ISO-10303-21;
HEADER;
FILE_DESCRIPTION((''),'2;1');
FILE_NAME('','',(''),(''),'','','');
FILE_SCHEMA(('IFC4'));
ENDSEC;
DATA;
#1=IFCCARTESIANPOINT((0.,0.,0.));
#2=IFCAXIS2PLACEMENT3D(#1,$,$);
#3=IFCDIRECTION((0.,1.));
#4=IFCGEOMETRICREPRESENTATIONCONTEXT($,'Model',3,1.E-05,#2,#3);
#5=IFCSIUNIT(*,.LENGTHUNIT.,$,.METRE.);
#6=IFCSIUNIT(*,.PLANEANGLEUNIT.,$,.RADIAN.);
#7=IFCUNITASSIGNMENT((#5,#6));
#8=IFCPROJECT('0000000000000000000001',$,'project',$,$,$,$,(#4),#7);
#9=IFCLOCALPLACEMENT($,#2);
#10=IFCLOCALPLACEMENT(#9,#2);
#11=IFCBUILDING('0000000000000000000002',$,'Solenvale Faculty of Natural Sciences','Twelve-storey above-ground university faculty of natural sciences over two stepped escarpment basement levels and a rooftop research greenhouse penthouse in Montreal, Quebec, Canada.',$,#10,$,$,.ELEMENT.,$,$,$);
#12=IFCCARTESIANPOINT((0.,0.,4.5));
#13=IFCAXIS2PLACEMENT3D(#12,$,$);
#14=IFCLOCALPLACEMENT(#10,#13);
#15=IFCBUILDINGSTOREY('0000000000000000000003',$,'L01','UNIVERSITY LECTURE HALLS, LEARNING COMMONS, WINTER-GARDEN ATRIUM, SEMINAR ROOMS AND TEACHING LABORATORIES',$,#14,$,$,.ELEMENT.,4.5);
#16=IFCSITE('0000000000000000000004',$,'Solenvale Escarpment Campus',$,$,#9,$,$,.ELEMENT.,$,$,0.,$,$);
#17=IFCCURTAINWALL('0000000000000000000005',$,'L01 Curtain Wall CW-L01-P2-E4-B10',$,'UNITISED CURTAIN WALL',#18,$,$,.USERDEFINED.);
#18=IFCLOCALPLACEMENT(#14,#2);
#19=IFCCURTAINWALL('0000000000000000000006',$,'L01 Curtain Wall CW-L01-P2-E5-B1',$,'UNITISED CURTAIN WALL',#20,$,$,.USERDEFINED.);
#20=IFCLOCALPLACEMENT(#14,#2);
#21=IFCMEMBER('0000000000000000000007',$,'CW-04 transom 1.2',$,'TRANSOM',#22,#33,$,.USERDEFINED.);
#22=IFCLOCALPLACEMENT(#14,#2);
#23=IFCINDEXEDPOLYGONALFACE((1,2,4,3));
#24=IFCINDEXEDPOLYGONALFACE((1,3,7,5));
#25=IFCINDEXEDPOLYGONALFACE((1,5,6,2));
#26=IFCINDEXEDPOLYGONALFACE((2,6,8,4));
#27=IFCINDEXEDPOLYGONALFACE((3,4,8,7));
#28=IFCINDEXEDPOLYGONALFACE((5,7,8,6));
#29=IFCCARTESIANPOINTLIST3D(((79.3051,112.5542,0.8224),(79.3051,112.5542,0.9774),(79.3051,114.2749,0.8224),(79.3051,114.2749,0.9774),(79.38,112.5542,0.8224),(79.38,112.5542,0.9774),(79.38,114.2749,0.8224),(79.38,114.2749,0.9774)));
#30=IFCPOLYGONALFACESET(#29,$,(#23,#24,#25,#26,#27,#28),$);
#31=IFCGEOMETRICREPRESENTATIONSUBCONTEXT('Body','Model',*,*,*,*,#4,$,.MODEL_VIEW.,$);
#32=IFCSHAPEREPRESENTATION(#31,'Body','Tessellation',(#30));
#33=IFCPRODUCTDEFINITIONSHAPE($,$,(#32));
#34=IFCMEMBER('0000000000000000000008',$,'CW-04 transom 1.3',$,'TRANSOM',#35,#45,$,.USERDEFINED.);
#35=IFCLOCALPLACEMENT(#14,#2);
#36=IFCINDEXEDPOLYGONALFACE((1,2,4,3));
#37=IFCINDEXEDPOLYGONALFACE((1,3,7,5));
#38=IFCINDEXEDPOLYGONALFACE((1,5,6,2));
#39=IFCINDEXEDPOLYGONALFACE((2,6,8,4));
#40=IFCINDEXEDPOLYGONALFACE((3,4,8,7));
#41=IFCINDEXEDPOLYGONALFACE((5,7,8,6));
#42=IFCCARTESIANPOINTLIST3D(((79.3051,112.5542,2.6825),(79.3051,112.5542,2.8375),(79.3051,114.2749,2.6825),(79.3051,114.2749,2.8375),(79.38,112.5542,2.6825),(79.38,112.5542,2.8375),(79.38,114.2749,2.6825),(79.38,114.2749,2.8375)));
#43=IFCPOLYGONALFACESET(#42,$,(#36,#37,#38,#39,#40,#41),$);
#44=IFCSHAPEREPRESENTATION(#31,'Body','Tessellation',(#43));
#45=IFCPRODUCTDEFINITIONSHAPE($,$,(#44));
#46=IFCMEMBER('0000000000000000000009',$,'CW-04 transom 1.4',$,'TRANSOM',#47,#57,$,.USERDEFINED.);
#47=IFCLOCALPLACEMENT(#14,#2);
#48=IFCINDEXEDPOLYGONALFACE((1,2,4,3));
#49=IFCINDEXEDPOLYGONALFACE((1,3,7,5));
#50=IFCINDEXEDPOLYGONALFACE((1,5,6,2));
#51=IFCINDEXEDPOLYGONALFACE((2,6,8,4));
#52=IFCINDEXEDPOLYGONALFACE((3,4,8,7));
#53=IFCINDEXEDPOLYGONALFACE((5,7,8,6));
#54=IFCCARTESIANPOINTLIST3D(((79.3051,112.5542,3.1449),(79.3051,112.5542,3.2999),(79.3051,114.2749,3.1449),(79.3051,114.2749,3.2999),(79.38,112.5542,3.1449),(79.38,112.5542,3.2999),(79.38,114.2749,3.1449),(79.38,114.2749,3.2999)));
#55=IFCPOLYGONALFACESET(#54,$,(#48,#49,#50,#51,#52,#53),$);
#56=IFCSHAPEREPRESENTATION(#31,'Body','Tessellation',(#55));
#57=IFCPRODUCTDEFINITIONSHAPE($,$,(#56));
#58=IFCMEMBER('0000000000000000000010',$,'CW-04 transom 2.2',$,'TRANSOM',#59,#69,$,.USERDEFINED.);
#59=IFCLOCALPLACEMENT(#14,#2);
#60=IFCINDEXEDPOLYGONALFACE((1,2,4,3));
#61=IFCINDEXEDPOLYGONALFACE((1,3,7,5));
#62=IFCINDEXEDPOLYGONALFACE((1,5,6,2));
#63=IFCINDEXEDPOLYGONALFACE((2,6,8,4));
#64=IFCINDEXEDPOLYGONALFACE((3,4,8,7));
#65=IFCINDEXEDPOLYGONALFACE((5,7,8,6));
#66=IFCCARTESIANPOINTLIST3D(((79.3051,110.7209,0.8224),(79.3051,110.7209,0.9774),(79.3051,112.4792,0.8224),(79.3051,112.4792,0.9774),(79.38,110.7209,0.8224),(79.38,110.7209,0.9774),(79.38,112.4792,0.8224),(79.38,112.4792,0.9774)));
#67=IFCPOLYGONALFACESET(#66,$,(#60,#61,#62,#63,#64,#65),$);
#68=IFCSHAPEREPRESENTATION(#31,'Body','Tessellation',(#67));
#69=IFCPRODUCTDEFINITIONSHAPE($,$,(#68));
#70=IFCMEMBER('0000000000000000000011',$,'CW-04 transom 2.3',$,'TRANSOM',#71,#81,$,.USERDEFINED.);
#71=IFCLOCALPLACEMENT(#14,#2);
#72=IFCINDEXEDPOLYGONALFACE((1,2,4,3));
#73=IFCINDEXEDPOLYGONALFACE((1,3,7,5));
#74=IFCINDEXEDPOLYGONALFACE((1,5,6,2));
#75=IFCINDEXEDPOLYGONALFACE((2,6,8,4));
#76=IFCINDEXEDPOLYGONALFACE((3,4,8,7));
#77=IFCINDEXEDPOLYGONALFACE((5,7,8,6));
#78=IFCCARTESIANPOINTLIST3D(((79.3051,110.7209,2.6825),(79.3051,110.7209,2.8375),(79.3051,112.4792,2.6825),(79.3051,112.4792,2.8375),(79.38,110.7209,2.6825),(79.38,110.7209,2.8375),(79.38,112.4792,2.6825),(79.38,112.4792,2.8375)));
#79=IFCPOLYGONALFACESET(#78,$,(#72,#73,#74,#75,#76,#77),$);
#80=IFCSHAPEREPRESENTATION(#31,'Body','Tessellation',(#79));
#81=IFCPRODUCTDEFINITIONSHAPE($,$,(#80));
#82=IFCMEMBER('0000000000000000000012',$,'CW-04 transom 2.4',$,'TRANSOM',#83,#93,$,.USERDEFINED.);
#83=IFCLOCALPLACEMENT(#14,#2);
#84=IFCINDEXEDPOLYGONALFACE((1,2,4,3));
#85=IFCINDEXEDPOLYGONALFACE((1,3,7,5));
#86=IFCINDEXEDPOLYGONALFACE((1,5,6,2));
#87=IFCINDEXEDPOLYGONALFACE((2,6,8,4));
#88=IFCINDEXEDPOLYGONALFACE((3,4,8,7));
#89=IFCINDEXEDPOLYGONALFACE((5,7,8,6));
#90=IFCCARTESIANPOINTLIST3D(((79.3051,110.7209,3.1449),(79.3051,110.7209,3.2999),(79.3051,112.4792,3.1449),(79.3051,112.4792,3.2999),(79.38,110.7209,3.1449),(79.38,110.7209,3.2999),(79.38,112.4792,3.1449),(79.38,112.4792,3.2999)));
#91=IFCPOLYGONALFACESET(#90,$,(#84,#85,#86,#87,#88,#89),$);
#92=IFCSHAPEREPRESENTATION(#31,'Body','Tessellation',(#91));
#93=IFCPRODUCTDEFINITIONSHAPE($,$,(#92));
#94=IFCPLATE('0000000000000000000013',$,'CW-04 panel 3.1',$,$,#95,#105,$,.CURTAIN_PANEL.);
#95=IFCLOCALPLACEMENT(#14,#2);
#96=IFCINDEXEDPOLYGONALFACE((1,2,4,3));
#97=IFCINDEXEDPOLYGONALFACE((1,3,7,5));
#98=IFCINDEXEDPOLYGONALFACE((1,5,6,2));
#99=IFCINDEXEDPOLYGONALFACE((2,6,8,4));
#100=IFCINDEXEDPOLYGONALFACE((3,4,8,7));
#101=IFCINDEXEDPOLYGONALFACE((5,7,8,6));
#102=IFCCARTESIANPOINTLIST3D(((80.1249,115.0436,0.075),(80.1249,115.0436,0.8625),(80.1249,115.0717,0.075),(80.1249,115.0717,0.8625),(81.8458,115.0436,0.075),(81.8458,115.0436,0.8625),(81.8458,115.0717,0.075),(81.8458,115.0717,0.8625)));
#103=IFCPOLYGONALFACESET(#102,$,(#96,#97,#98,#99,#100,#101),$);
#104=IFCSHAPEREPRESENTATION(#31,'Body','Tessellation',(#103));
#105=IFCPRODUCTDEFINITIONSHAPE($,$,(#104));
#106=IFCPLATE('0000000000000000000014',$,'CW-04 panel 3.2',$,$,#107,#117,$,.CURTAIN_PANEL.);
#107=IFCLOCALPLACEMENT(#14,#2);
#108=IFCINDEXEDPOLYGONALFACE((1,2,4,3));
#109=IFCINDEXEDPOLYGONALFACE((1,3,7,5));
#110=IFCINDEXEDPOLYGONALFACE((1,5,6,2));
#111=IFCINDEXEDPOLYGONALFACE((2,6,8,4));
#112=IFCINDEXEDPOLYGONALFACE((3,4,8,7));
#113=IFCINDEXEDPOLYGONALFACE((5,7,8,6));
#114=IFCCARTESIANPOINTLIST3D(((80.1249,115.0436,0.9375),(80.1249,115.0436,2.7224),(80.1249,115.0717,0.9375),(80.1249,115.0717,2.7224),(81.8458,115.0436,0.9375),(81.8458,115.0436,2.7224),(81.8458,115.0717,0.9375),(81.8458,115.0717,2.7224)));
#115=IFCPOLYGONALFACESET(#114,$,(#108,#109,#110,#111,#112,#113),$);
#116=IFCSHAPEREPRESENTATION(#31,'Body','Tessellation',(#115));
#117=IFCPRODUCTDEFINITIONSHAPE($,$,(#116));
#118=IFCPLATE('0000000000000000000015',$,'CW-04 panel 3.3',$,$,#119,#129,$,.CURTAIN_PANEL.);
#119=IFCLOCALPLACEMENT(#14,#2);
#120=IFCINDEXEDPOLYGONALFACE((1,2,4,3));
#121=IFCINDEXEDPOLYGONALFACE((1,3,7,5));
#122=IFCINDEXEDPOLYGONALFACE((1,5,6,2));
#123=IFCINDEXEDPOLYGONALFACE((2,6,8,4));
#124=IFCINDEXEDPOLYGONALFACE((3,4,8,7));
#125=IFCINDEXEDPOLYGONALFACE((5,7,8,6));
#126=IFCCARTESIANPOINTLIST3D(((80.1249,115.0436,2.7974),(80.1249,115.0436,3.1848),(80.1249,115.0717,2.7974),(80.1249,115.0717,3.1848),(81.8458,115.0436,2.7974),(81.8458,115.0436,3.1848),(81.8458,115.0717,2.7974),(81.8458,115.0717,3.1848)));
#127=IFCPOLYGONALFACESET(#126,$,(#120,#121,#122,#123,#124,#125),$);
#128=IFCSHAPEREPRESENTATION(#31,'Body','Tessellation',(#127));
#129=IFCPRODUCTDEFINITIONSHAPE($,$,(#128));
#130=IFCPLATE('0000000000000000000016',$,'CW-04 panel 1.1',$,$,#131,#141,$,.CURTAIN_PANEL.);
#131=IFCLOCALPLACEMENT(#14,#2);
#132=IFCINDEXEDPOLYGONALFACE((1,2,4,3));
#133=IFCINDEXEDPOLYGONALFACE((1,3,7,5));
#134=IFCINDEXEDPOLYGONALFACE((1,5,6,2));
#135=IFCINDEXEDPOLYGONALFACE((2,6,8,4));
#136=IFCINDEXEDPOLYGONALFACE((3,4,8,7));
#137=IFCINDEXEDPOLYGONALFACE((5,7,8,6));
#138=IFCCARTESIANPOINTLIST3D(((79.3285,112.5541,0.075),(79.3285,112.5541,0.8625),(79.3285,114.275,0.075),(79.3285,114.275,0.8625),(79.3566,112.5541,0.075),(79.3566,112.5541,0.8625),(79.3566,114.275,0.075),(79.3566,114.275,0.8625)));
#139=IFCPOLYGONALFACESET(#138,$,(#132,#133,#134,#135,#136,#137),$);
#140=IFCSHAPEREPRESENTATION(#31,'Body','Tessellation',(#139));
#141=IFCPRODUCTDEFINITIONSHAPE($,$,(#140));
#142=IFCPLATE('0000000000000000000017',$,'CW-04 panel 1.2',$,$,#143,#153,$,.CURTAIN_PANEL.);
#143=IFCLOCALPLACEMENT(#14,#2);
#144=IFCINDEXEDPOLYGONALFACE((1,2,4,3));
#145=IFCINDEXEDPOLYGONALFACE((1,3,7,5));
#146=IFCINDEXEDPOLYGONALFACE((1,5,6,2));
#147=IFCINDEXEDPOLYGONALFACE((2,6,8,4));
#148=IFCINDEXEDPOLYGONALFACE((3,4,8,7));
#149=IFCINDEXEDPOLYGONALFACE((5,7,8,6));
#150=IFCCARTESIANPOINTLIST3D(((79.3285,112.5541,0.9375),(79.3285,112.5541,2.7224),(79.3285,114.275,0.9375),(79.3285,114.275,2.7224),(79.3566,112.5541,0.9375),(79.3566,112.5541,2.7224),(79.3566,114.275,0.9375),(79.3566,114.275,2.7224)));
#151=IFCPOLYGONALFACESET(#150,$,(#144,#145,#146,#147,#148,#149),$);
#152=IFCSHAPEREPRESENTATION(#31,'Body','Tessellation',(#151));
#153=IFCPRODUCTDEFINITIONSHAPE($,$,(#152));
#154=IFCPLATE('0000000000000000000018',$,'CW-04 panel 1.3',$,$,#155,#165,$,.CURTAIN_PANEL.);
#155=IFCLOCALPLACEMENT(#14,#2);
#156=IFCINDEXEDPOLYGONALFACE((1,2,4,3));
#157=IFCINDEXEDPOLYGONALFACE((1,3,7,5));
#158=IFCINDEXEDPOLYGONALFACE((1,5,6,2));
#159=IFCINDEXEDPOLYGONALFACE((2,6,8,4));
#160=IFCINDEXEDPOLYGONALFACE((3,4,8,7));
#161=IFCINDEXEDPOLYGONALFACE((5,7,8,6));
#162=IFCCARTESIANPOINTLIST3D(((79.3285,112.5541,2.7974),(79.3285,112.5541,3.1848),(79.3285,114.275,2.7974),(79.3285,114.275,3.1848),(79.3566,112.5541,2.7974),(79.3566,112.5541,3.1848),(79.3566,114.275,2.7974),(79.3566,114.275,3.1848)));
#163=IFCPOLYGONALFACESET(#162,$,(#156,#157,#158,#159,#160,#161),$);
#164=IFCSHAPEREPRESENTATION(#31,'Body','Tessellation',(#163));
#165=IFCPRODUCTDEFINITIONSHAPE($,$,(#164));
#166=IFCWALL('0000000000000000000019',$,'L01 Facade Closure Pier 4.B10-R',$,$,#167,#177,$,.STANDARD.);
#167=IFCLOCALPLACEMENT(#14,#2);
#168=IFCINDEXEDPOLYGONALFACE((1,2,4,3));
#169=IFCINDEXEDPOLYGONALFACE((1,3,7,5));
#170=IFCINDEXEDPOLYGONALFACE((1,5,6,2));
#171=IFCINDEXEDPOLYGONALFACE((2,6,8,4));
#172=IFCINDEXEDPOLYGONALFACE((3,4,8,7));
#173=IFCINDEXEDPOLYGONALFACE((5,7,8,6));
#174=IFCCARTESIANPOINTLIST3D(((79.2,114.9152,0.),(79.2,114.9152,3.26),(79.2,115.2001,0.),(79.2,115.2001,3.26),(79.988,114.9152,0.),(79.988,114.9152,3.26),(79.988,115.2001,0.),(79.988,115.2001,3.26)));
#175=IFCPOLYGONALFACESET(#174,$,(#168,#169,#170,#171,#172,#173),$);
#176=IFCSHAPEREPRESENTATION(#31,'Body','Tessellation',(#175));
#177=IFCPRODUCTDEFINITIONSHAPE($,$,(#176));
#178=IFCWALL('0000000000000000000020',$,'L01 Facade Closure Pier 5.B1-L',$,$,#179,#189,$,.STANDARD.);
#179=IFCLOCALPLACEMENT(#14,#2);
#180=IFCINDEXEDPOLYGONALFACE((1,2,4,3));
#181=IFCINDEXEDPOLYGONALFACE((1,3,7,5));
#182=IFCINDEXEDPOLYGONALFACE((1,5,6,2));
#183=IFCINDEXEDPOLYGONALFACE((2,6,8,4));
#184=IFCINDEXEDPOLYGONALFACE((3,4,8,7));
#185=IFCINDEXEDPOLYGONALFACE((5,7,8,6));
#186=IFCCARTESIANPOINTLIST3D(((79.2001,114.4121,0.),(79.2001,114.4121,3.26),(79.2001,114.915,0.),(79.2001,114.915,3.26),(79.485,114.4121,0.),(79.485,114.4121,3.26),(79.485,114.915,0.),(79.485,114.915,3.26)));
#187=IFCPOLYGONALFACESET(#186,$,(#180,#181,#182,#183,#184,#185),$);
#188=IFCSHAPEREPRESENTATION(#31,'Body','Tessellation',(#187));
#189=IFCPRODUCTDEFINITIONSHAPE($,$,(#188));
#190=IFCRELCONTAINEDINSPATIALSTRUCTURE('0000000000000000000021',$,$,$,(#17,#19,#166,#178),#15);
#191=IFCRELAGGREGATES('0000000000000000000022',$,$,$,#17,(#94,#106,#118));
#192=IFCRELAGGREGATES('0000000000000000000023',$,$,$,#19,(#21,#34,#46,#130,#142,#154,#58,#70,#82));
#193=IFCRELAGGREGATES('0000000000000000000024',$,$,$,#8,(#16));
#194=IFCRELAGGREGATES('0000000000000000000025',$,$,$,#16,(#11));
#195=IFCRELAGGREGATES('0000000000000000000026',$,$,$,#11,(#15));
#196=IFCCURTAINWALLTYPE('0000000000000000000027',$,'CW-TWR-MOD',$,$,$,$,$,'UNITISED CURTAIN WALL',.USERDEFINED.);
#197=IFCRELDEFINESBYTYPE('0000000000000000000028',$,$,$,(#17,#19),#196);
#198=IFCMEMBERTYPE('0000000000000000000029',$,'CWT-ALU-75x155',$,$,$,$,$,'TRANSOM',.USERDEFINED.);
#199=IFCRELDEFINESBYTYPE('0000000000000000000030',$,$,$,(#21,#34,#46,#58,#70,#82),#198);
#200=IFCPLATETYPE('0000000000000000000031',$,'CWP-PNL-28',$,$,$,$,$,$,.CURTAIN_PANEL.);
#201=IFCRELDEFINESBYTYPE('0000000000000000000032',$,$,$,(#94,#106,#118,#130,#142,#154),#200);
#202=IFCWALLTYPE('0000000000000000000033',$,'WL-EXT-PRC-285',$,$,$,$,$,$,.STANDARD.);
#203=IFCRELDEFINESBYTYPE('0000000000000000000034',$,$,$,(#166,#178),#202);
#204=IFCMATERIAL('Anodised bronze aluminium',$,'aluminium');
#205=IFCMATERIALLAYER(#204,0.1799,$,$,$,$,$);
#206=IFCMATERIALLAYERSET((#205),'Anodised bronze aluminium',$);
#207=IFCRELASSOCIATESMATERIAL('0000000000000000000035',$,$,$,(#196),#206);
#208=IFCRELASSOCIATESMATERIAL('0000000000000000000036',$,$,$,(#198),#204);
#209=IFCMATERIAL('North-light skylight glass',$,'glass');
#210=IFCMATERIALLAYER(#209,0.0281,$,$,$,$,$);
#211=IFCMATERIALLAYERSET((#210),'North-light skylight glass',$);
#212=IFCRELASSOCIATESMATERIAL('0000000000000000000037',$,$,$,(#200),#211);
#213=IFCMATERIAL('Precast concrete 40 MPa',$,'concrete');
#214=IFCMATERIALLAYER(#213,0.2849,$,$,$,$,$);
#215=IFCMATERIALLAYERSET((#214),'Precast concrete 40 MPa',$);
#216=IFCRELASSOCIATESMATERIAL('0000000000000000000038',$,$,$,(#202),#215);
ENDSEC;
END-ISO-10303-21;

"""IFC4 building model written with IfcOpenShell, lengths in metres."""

from ifc_helpers import new_model, si_unit, direction, frame, frame_2d, origin, origin_2d, place, context, subcontext, project, spatial, rectangle, extrude, material, layer, layer_set, material_profile, profile_set, type_object, element, aggregate, save


model = new_model("IFC4")

# Units and contexts
model_context = context("Model", 3, precision=1e-05, world=origin(), true_north=direction((0.0, 1.0)))
body_context = subcontext(model_context, "Body", "Model", "MODEL_VIEW")
ifc_project = project(units=[si_unit("LENGTHUNIT", "METRE"), si_unit("PLANEANGLEUNIT", "RADIAN")], contexts=[model_context])

# Site, building, storey
site_placement = place(None, origin())
site = spatial("IfcSite", under=ifc_project, at=site_placement, Name="Solenvale Escarpment Campus", CompositionType="ELEMENT", RefElevation=0.0)
building_placement = place(site_placement, origin())
building = spatial("IfcBuilding", under=site, at=building_placement, Name="Solenvale Faculty of Natural Sciences", Description="Twelve-storey above-ground university faculty of natural sciences over two stepped escarpment basement levels and a rooftop research greenhouse penthouse in Montreal, Quebec, Canada.", CompositionType="ELEMENT")
storey_placement = place(building_placement, frame((0.0, 0.0, 4.5)))
storey = spatial("IfcBuildingStorey", under=building, at=storey_placement, Name="L01", Description="UNIVERSITY LECTURE HALLS, LEARNING COMMONS, WINTER-GARDEN ATRIUM, SEMINAR ROOMS AND TEACHING LABORATORIES", CompositionType="ELEMENT", Elevation=4.5)

# Shared definitions
ifc_material_1 = material(Name="Precast concrete 40 MPa", Category="concrete")

# Curtain walls
ifc_material_2 = material(Name="Anodised bronze aluminium", Category="aluminium")
ifc_layer_1 = layer(ifc_material_2, 0.1799)
ifc_layer_set_1 = layer_set([ifc_layer_1], Name="Anodised bronze aluminium")
curtain_wall_type = type_object("IfcCurtainWallType", Name="CW-TWR-MOD", ElementType="UNITISED CURTAIN WALL", PredefinedType="USERDEFINED", material=ifc_layer_set_1)
curtain_wall_1_placement = place(storey_placement, origin())
curtain_wall_1 = element("IfcCurtainWall", 1, at=curtain_wall_1_placement, inside=storey, type_object=curtain_wall_type, Name="L01 Curtain Wall CW-L01-P2-E4-B10", ObjectType="UNITISED CURTAIN WALL", PredefinedType="USERDEFINED")
curtain_wall_2_placement = place(storey_placement, origin())
curtain_wall_2 = element("IfcCurtainWall", 2, at=curtain_wall_2_placement, inside=storey, type_object=curtain_wall_type, Name="L01 Curtain Wall CW-L01-P2-E5-B1", ObjectType="UNITISED CURTAIN WALL", PredefinedType="USERDEFINED")

# Members
ifc_material_profile_1 = material_profile(ifc_material_2, rectangle(XDim=0.075, YDim=0.155, at=origin_2d()), Name="ALU-TRN-75x155")
ifc_profile_set_1 = profile_set([ifc_material_profile_1], Name="Anodised bronze aluminium")
member_type_1 = type_object("IfcMemberType", Name="CWT-ALU-75x155", ElementType="TRANSOM", PredefinedType="USERDEFINED", material=ifc_profile_set_1)
member_1_placement = place(storey_placement, frame((79.3425, 114.2749, 0.8999), z_axis=(0.0, -1.0, 0.0), x_axis=(1.0, 0.0, 0.0)))
member_1 = element("IfcMember", 3, at=member_1_placement, type_object=member_type_1, Name="CW-04 transom 1.2", ObjectType="TRANSOM", PredefinedType="USERDEFINED", context=body_context, shape_type="SweptSolid", body=[
    extrude(rectangle(XDim=0.075, YDim=0.155, at=origin_2d()), origin(), (0.0, 0.0, 1.0), 1.7207),
])
member_2_placement = place(storey_placement, frame((79.3425, 114.2749, 2.76), z_axis=(0.0, -1.0, 0.0), x_axis=(1.0, 0.0, 0.0)))
member_2 = element("IfcMember", 4, at=member_2_placement, type_object=member_type_1, Name="CW-04 transom 1.3", ObjectType="TRANSOM", PredefinedType="USERDEFINED", context=body_context, shape_type="SweptSolid", body=[
    extrude(rectangle(XDim=0.075, YDim=0.155, at=origin_2d()), origin(), (0.0, 0.0, 1.0), 1.7207),
])
member_3_placement = place(storey_placement, frame((79.3425, 114.2749, 3.2224), z_axis=(0.0, -1.0, 0.0), x_axis=(1.0, 0.0, 0.0)))
member_3 = element("IfcMember", 5, at=member_3_placement, type_object=member_type_1, Name="CW-04 transom 1.4", ObjectType="TRANSOM", PredefinedType="USERDEFINED", context=body_context, shape_type="SweptSolid", body=[
    extrude(rectangle(XDim=0.075, YDim=0.155, at=origin_2d()), origin(), (0.0, 0.0, 1.0), 1.7207),
])
member_4_placement = place(storey_placement, frame((79.3425, 112.4792, 0.8999), z_axis=(0.0, -1.0, 0.0), x_axis=(1.0, 0.0, 0.0)))
member_4 = element("IfcMember", 6, at=member_4_placement, type_object=member_type_1, Name="CW-04 transom 2.2", ObjectType="TRANSOM", PredefinedType="USERDEFINED", context=body_context, shape_type="SweptSolid", body=[
    extrude(rectangle(XDim=0.075, YDim=0.155, at=origin_2d()), origin(), (0.0, 0.0, 1.0), 1.7583),
])
member_5_placement = place(storey_placement, frame((79.3425, 112.4792, 2.76), z_axis=(0.0, -1.0, 0.0), x_axis=(1.0, 0.0, 0.0)))
member_5 = element("IfcMember", 7, at=member_5_placement, type_object=member_type_1, Name="CW-04 transom 2.3", ObjectType="TRANSOM", PredefinedType="USERDEFINED", context=body_context, shape_type="SweptSolid", body=[
    extrude(rectangle(XDim=0.075, YDim=0.155, at=origin_2d()), origin(), (0.0, 0.0, 1.0), 1.7583),
])
member_6_placement = place(storey_placement, frame((79.3425, 112.4792, 3.2224), z_axis=(0.0, -1.0, 0.0), x_axis=(1.0, 0.0, 0.0)))
member_6 = element("IfcMember", 8, at=member_6_placement, type_object=member_type_1, Name="CW-04 transom 2.4", ObjectType="TRANSOM", PredefinedType="USERDEFINED", context=body_context, shape_type="SweptSolid", body=[
    extrude(rectangle(XDim=0.075, YDim=0.155, at=origin_2d()), origin(), (0.0, 0.0, 1.0), 1.7583),
])

# Plates
ifc_material_3 = material(Name="North-light skylight glass", Category="glass")
ifc_layer_2 = layer(ifc_material_3, 0.0281)
ifc_layer_set_2 = layer_set([ifc_layer_2], Name="North-light skylight glass")
plate_type = type_object("IfcPlateType", Name="CWP-PNL-28", PredefinedType="CURTAIN_PANEL", material=ifc_layer_set_2)
plate_1_placement = place(storey_placement, frame((80.9854, 115.0576, 0.075), z_axis=(0.0, 0.0, 1.0), x_axis=(-1.0, 0.0, 0.0)))
plate_1 = element("IfcPlate", 9, at=plate_1_placement, type_object=plate_type, Name="CW-04 panel 3.1", PredefinedType="CURTAIN_PANEL", context=body_context, shape_type="SweptSolid", body=[
    extrude(rectangle(XDim=1.7209, YDim=0.0281, at=origin_2d()), origin(), (0.0, 0.0, 1.0), 0.7876),
])
plate_2_placement = place(storey_placement, frame((80.9854, 115.0576, 0.9375), z_axis=(0.0, 0.0, 1.0), x_axis=(-1.0, 0.0, 0.0)))
plate_2 = element("IfcPlate", 10, at=plate_2_placement, type_object=plate_type, Name="CW-04 panel 3.2", PredefinedType="CURTAIN_PANEL", context=body_context, shape_type="SweptSolid", body=[
    extrude(rectangle(XDim=1.7209, YDim=0.0281, at=origin_2d()), origin(), (0.0, 0.0, 1.0), 1.7849),
])
plate_3_placement = place(storey_placement, frame((80.9854, 115.0576, 2.7974), z_axis=(0.0, 0.0, 1.0), x_axis=(-1.0, 0.0, 0.0)))
plate_3 = element("IfcPlate", 11, at=plate_3_placement, type_object=plate_type, Name="CW-04 panel 3.3", PredefinedType="CURTAIN_PANEL", context=body_context, shape_type="SweptSolid", body=[
    extrude(rectangle(XDim=1.7209, YDim=0.0281, at=origin_2d()), origin(), (0.0, 0.0, 1.0), 0.3875),
])
aggregate(curtain_wall_1, [plate_1, plate_2, plate_3])
plate_4_placement = place(storey_placement, frame((79.3425, 113.4146, 0.075), z_axis=(0.0, 0.0, 1.0), x_axis=(0.0, -1.0, 0.0)))
plate_4 = element("IfcPlate", 12, at=plate_4_placement, type_object=plate_type, Name="CW-04 panel 1.1", PredefinedType="CURTAIN_PANEL", context=body_context, shape_type="SweptSolid", body=[
    extrude(rectangle(XDim=1.7209, YDim=0.0281, at=origin_2d()), origin(), (0.0, 0.0, 1.0), 0.7876),
])
plate_5_placement = place(storey_placement, frame((79.3425, 113.4146, 0.9375), z_axis=(0.0, 0.0, 1.0), x_axis=(0.0, -1.0, 0.0)))
plate_5 = element("IfcPlate", 13, at=plate_5_placement, type_object=plate_type, Name="CW-04 panel 1.2", PredefinedType="CURTAIN_PANEL", context=body_context, shape_type="SweptSolid", body=[
    extrude(rectangle(XDim=1.7209, YDim=0.0281, at=origin_2d()), origin(), (0.0, 0.0, 1.0), 1.7849),
])
plate_6_placement = place(storey_placement, frame((79.3425, 113.4146, 2.7974), z_axis=(0.0, 0.0, 1.0), x_axis=(0.0, -1.0, 0.0)))
plate_6 = element("IfcPlate", 14, at=plate_6_placement, type_object=plate_type, Name="CW-04 panel 1.3", PredefinedType="CURTAIN_PANEL", context=body_context, shape_type="SweptSolid", body=[
    extrude(rectangle(XDim=1.7209, YDim=0.0281, at=origin_2d()), origin(), (0.0, 0.0, 1.0), 0.3875),
])
aggregate(curtain_wall_2, [member_1, member_2, member_3, plate_4, plate_5, plate_6, member_4, member_5, member_6])

# Walls
ifc_layer_3 = layer(ifc_material_1, 0.2849)
ifc_layer_set_3 = layer_set([ifc_layer_3], Name="Precast concrete 40 MPa")
wall_type = type_object("IfcWallType", Name="WL-EXT-PRC-285", PredefinedType="STANDARD", material=ifc_layer_set_3)
wall_1_placement = place(storey_placement, frame((79.988, 115.0576, 0.0), z_axis=(0.0, 0.0, 1.0), x_axis=(-1.0, 0.0, 0.0)))
element("IfcWall", 15, at=wall_1_placement, inside=storey, type_object=wall_type, Name="L01 Facade Closure Pier 4.B10-R", PredefinedType="STANDARD", context=body_context, shape_type="SweptSolid", body=[
    extrude(rectangle(XDim=0.7881, YDim=0.2849, at=frame_2d((0.394, 0.0))), origin(), (0.0, 0.0, 1.0), 3.26),
])
wall_2_placement = place(storey_placement, frame((79.3425, 114.915, 0.0), z_axis=(0.0, 0.0, 1.0), x_axis=(0.0, -1.0, 0.0)))
element("IfcWall", 16, at=wall_2_placement, inside=storey, type_object=wall_type, Name="L01 Facade Closure Pier 5.B1-L", PredefinedType="STANDARD", context=body_context, shape_type="SweptSolid", body=[
    extrude(rectangle(XDim=0.5029, YDim=0.2849, at=frame_2d((0.2515, 0.0))), origin(), (0.0, 0.0, 1.0), 3.26),
])

save(model, "model.ifc")
